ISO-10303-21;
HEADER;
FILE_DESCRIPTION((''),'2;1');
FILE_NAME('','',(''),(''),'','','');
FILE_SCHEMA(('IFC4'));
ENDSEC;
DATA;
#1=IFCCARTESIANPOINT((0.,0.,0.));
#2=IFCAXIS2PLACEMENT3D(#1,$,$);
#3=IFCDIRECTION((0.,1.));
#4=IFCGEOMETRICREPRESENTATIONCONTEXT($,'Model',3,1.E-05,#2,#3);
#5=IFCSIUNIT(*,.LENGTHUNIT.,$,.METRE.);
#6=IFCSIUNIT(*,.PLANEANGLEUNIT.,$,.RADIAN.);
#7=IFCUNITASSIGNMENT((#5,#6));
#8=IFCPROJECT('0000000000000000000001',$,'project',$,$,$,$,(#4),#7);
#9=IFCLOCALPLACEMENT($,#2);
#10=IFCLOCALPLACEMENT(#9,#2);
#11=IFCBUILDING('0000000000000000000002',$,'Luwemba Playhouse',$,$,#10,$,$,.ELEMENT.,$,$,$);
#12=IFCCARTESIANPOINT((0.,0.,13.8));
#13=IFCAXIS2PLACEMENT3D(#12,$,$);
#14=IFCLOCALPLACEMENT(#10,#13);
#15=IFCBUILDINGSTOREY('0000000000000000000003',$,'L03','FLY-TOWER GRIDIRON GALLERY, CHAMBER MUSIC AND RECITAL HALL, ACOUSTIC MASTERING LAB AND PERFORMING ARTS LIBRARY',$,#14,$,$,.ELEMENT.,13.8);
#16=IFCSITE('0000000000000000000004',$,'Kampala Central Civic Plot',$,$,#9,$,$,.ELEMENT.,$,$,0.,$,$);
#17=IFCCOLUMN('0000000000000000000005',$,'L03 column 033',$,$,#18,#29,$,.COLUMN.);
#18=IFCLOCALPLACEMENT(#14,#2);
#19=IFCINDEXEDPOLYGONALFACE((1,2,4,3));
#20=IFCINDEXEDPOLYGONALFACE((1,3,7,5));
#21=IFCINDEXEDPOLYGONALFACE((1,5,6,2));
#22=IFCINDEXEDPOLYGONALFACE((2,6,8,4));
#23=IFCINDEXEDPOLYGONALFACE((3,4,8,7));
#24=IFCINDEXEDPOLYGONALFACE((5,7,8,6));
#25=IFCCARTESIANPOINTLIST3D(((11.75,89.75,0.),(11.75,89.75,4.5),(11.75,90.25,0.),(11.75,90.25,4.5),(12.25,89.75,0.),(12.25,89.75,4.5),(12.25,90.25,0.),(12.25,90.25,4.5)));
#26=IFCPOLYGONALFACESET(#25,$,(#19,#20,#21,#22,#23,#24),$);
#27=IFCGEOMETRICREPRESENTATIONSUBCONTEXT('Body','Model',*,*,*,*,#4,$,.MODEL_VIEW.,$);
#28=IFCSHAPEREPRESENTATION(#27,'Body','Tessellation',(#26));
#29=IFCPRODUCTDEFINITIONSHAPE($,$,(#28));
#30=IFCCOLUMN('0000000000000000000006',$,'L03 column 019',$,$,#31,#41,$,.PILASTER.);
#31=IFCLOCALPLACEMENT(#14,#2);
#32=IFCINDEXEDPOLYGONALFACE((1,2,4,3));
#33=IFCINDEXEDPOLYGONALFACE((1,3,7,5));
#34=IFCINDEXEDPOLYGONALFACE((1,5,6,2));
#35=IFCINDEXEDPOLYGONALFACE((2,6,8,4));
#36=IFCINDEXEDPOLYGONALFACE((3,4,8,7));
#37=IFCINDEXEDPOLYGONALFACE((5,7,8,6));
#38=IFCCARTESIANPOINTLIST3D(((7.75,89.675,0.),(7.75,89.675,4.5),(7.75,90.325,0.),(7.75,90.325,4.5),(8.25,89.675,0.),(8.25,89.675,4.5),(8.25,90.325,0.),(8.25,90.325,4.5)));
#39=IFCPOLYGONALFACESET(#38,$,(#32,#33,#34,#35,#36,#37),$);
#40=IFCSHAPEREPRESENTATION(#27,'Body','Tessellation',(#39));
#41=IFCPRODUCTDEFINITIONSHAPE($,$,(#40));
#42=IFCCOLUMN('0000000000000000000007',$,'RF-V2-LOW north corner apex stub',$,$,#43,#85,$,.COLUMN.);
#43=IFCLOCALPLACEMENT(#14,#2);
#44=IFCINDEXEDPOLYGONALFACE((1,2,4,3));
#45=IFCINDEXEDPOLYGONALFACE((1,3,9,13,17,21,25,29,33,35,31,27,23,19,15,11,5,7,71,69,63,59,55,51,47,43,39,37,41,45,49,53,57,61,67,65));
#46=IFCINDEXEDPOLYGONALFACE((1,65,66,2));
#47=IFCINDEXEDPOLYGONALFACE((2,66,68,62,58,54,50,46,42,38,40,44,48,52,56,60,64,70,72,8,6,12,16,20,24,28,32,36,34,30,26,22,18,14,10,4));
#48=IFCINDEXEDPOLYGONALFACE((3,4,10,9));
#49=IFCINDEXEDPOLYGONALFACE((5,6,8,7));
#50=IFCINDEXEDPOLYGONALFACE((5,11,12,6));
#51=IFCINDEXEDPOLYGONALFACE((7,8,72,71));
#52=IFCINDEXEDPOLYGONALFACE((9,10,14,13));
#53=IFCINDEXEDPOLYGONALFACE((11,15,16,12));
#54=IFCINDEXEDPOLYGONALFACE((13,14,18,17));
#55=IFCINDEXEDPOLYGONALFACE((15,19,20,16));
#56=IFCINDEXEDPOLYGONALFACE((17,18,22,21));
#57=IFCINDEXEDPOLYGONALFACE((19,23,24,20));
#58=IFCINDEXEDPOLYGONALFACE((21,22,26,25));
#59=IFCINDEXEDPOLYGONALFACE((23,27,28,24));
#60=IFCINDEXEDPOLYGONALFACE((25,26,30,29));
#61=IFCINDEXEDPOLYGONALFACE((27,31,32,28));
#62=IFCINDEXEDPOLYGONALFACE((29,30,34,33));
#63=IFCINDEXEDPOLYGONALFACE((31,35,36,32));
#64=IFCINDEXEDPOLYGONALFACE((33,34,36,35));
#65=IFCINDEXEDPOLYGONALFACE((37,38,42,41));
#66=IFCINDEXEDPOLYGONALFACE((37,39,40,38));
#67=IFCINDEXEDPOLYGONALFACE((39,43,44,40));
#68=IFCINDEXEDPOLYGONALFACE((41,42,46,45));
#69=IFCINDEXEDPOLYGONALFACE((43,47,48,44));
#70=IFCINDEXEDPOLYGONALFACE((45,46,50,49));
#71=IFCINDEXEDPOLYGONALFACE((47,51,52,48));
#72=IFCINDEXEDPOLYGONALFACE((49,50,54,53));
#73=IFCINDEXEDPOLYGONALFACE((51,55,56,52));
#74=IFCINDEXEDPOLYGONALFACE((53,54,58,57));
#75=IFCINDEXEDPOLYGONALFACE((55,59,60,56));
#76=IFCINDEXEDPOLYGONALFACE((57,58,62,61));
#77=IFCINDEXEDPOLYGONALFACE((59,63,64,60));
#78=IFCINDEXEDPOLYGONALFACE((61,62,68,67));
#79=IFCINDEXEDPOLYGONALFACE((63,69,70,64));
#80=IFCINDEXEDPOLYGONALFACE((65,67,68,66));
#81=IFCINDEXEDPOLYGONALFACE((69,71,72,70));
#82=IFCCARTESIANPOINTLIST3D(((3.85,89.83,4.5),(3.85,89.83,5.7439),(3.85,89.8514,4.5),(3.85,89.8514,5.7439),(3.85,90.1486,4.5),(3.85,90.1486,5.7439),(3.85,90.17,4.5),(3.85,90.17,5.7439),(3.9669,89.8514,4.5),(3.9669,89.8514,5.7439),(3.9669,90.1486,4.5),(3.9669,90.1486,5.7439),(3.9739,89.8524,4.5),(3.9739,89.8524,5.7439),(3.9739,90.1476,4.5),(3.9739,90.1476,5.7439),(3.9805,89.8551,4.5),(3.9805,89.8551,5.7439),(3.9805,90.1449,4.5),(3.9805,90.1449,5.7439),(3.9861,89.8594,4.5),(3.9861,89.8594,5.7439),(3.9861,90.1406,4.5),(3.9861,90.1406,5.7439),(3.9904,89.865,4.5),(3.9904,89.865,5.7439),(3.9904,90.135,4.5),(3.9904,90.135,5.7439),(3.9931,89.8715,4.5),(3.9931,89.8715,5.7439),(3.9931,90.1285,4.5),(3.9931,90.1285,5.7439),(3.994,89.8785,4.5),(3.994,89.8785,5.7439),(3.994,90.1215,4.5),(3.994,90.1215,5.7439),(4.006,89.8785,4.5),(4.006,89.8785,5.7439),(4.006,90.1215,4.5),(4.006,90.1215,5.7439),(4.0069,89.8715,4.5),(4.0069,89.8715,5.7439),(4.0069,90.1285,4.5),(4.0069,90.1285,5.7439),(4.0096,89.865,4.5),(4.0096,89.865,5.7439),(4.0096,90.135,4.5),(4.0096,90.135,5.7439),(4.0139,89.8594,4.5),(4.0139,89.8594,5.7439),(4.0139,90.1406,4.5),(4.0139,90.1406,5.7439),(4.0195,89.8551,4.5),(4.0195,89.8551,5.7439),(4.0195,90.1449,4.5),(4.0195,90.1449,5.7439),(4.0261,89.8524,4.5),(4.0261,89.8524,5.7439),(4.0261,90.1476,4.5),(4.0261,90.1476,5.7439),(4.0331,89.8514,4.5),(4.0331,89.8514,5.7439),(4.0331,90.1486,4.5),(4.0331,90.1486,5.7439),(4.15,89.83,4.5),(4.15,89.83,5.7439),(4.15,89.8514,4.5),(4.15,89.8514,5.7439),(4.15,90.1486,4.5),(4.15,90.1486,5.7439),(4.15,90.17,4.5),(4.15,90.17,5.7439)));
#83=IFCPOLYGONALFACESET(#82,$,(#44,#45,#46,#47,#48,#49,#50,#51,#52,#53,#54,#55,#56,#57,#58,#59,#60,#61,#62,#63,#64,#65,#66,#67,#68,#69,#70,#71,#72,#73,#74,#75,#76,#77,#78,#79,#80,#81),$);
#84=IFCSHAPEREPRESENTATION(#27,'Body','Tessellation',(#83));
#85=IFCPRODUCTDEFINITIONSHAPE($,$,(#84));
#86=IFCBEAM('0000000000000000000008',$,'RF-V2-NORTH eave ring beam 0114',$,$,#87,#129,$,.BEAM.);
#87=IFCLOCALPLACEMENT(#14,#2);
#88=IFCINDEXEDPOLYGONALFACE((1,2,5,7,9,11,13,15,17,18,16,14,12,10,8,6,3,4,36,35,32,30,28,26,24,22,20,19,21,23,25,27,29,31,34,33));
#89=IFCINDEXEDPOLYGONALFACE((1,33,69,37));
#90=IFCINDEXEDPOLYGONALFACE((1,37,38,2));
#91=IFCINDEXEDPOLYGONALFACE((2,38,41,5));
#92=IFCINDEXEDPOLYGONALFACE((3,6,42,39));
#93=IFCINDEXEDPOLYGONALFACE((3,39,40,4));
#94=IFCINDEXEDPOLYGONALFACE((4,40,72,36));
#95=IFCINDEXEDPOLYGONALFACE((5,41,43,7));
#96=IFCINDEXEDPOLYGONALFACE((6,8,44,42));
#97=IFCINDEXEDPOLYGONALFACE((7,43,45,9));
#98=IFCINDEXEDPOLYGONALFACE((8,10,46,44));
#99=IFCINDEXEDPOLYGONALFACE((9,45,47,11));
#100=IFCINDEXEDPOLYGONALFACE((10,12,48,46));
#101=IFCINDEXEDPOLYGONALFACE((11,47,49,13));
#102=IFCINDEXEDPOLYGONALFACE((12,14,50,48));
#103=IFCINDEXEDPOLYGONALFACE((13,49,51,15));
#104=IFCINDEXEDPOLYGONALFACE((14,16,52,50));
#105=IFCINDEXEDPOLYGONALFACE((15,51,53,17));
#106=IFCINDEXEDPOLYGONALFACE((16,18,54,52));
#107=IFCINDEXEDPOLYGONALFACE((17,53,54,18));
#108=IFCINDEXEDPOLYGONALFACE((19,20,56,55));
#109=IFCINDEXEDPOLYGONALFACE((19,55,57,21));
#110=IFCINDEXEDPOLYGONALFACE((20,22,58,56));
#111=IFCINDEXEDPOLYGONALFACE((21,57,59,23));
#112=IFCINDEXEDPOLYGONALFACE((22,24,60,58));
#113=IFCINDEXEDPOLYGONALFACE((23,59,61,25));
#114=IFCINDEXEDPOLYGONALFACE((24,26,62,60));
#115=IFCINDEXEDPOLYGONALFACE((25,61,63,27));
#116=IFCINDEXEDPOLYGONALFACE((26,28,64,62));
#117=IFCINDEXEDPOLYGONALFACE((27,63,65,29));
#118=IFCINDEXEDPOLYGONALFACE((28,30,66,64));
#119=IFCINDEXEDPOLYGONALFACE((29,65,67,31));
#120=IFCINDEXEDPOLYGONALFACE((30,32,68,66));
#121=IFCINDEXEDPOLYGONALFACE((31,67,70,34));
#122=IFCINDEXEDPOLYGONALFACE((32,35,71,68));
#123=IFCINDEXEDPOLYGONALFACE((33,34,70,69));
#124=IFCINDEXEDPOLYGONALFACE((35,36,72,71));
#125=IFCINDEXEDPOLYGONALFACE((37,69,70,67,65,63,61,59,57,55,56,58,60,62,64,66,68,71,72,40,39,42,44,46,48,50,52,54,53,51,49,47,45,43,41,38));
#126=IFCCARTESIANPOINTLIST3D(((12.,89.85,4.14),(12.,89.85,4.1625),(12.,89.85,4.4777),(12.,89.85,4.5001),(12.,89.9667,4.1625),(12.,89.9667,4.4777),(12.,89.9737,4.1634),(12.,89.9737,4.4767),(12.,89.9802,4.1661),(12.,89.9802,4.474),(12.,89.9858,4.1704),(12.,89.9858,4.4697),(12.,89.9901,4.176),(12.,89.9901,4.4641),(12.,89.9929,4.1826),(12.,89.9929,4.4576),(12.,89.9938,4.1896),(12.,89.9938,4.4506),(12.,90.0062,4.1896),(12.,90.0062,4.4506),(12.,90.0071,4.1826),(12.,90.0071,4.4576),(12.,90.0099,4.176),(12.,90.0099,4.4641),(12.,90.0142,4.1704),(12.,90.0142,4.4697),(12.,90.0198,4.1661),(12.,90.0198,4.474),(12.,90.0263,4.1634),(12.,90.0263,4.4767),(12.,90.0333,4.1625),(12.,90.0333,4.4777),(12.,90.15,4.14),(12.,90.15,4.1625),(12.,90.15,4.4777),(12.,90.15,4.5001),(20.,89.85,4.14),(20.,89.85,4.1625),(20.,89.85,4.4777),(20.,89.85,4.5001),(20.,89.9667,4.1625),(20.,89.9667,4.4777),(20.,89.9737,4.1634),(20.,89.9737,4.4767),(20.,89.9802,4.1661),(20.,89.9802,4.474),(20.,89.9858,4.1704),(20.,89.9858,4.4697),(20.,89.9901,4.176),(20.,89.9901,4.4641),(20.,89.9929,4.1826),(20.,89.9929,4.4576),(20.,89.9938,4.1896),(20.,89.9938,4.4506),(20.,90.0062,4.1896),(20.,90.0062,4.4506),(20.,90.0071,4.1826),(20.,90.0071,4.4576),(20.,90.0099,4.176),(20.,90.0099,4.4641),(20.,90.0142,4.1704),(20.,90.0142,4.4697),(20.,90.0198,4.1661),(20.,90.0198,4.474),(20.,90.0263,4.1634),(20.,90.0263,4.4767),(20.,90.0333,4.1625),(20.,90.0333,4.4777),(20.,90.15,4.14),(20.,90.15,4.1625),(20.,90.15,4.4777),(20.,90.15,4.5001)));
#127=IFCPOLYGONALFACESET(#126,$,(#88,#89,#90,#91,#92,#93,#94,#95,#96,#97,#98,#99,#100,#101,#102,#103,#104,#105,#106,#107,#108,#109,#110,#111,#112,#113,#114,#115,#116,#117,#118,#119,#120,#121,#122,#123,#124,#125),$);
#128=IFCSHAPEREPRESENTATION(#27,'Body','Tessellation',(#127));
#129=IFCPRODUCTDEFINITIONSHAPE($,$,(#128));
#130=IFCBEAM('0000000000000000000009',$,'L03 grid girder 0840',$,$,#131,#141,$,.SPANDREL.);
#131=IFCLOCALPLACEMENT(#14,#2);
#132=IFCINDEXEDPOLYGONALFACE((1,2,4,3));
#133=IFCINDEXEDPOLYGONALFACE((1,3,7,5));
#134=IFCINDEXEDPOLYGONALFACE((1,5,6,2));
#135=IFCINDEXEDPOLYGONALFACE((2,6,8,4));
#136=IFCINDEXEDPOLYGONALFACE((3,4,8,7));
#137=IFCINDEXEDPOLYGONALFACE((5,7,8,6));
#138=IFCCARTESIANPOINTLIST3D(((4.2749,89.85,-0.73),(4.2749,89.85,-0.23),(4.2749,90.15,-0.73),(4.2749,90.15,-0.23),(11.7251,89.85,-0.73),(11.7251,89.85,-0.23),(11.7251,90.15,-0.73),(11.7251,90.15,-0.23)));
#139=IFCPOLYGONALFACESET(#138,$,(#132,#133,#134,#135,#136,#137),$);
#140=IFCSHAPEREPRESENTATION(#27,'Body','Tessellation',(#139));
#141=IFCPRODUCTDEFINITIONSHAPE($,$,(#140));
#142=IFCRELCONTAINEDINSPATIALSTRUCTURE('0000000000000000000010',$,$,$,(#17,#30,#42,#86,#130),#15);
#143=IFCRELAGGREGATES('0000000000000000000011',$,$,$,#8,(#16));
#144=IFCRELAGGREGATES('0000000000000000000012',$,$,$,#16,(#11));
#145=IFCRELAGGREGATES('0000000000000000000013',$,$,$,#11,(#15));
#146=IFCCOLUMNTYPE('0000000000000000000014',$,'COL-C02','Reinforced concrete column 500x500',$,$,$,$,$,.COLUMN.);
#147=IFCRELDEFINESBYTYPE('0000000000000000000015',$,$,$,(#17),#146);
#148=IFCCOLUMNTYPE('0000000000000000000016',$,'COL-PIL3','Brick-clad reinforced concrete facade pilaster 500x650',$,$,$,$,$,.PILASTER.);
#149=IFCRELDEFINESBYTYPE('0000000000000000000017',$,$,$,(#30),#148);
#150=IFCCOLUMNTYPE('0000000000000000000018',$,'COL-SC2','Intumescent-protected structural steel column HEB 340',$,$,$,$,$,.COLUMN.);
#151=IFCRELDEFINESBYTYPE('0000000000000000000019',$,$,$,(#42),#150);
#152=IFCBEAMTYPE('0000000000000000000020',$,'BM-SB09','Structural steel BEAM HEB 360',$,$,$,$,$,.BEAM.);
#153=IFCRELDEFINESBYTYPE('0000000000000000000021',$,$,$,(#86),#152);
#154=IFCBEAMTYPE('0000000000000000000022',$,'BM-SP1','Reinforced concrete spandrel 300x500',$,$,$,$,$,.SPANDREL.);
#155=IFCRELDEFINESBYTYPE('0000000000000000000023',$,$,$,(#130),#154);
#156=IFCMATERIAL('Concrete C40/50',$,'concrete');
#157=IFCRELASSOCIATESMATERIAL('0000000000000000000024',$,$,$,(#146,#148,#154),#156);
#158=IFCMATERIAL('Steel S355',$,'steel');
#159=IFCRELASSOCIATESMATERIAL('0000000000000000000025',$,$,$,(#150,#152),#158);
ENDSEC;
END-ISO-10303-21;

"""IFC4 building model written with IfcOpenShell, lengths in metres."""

from ifc_helpers import new_model, si_unit, direction, frame, origin, origin_2d, place, context, subcontext, project, spatial, rectangle, i_section, extrude, material, material_profile, profile_set, type_object, element, save


model = new_model("IFC4")

# Units and contexts
model_context = context("Model", 3, precision=1e-05, world=origin(), true_north=direction((0.0, 1.0)))
body_context = subcontext(model_context, "Body", "Model", "MODEL_VIEW")
ifc_project = project(units=[si_unit("LENGTHUNIT", "METRE"), si_unit("PLANEANGLEUNIT", "RADIAN")], contexts=[model_context])

# Site, building, storey
site_placement = place(None, origin())
site = spatial("IfcSite", under=ifc_project, at=site_placement, Name="Kampala Central Civic Plot", CompositionType="ELEMENT", RefElevation=0.0)
building_placement = place(site_placement, origin())
building = spatial("IfcBuilding", under=site, at=building_placement, Name="Luwemba Playhouse", CompositionType="ELEMENT")
storey_placement = place(building_placement, frame((0.0, 0.0, 13.8)))
storey = spatial("IfcBuildingStorey", under=building, at=storey_placement, Name="L03", Description="FLY-TOWER GRIDIRON GALLERY, CHAMBER MUSIC AND RECITAL HALL, ACOUSTIC MASTERING LAB AND PERFORMING ARTS LIBRARY", CompositionType="ELEMENT", Elevation=13.8)

# Columns
ifc_material_1 = material(Name="Concrete C40/50", Category="concrete")
ifc_material_profile_1 = material_profile(ifc_material_1, rectangle(XDim=0.5, YDim=0.5, at=origin_2d()))
ifc_profile_set_1 = profile_set([ifc_material_profile_1], Name="Concrete C40/50")
column_type_1 = type_object("IfcColumnType", Name="COL-C02", Description="Reinforced concrete column 500x500", PredefinedType="COLUMN", material=ifc_profile_set_1)
column_1_placement = place(storey_placement, frame((12.0, 90.0, 0.0), z_axis=(0.0, 0.0, 1.0), x_axis=(1.0, 0.0, 0.0)))
element("IfcColumn", 1, at=column_1_placement, inside=storey, type_object=column_type_1, Name="L03 column 033", PredefinedType="COLUMN", context=body_context, shape_type="SweptSolid", body=[
    extrude(rectangle(XDim=0.5, YDim=0.5, at=origin_2d()), origin(), (0.0, 0.0, 1.0), 4.5),
])
ifc_material_profile_2 = material_profile(ifc_material_1, rectangle(XDim=0.5, YDim=0.6499, at=origin_2d()))
ifc_profile_set_2 = profile_set([ifc_material_profile_2], Name="Concrete C40/50")
column_type_2 = type_object("IfcColumnType", Name="COL-PIL3", Description="Brick-clad reinforced concrete facade pilaster 500x650", PredefinedType="PILASTER", material=ifc_profile_set_2)
column_2_placement = place(storey_placement, frame((8.0, 90.0, 0.0), z_axis=(0.0, 0.0, 1.0), x_axis=(1.0, 0.0, 0.0)))
element("IfcColumn", 2, at=column_2_placement, inside=storey, type_object=column_type_2, Name="L03 column 019", PredefinedType="PILASTER", context=body_context, shape_type="SweptSolid", body=[
    extrude(rectangle(XDim=0.5, YDim=0.6499, at=origin_2d()), origin(), (0.0, 0.0, 1.0), 4.5),
])
ifc_material_2 = material(Name="Steel S355", Category="steel")
ifc_material_profile_3 = material_profile(ifc_material_2, i_section(OverallWidth=0.3, OverallDepth=0.3401, WebThickness=0.012, FlangeThickness=0.0215, FilletRadius=0.0271, at=origin_2d()))
ifc_profile_set_3 = profile_set([ifc_material_profile_3], Name="Steel S355")
column_type_3 = type_object("IfcColumnType", Name="COL-SC2", Description="Intumescent-protected structural steel column HEB 340", PredefinedType="COLUMN", material=ifc_profile_set_3)
column_3_placement = place(storey_placement, frame((4.0, 90.0, 4.5), z_axis=(0.0, 0.0, 1.0), x_axis=(1.0, 0.0, 0.0)))
element("IfcColumn", 3, at=column_3_placement, inside=storey, type_object=column_type_3, Name="RF-V2-LOW north corner apex stub", PredefinedType="COLUMN", context=body_context, shape_type="SweptSolid", body=[
    extrude(i_section(OverallWidth=0.3, OverallDepth=0.3401, WebThickness=0.012, FlangeThickness=0.0215, FilletRadius=0.0271, at=origin_2d()), origin(), (0.0, 0.0, 1.0), 1.2439),
])

# Beams
ifc_material_profile_4 = material_profile(ifc_material_2, i_section(OverallWidth=0.3, OverallDepth=0.3601, WebThickness=0.0125, FlangeThickness=0.0225, FilletRadius=0.0271, at=origin_2d()))
ifc_profile_set_4 = profile_set([ifc_material_profile_4], Name="Steel S355")
beam_type_1 = type_object("IfcBeamType", Name="BM-SB09", Description="Structural steel BEAM HEB 360", PredefinedType="BEAM", material=ifc_profile_set_4)
beam_1_placement = place(storey_placement, frame((12.0, 90.0, 4.3201), z_axis=(1.0, 0.0, 0.0), x_axis=(0.0, 1.0, 0.0)))
element("IfcBeam", 4, at=beam_1_placement, inside=storey, type_object=beam_type_1, Name="RF-V2-NORTH eave ring beam 0114", PredefinedType="BEAM", context=body_context, shape_type="SweptSolid", body=[
    extrude(i_section(OverallWidth=0.3, OverallDepth=0.3601, WebThickness=0.0125, FlangeThickness=0.0225, FilletRadius=0.0271, at=origin_2d()), origin(), (0.0, 0.0, 1.0), 8.0),
])
ifc_material_profile_5 = material_profile(ifc_material_1, rectangle(XDim=0.3, YDim=0.5, at=origin_2d()))
ifc_profile_set_5 = profile_set([ifc_material_profile_5], Name="Concrete C40/50")
beam_type_2 = type_object("IfcBeamType", Name="BM-SP1", Description="Reinforced concrete spandrel 300x500", PredefinedType="SPANDREL", material=ifc_profile_set_5)
beam_2_placement = place(storey_placement, frame((4.2749, 90.0, -0.48), z_axis=(1.0, 0.0, 0.0), x_axis=(0.0, 1.0, 0.0)))
element("IfcBeam", 5, at=beam_2_placement, inside=storey, type_object=beam_type_2, Name="L03 grid girder 0840", PredefinedType="SPANDREL", context=body_context, shape_type="SweptSolid", body=[
    extrude(rectangle(XDim=0.3, YDim=0.5, at=origin_2d()), origin(), (0.0, 0.0, 1.0), 7.4502),
])

save(model, "model.ifc")
